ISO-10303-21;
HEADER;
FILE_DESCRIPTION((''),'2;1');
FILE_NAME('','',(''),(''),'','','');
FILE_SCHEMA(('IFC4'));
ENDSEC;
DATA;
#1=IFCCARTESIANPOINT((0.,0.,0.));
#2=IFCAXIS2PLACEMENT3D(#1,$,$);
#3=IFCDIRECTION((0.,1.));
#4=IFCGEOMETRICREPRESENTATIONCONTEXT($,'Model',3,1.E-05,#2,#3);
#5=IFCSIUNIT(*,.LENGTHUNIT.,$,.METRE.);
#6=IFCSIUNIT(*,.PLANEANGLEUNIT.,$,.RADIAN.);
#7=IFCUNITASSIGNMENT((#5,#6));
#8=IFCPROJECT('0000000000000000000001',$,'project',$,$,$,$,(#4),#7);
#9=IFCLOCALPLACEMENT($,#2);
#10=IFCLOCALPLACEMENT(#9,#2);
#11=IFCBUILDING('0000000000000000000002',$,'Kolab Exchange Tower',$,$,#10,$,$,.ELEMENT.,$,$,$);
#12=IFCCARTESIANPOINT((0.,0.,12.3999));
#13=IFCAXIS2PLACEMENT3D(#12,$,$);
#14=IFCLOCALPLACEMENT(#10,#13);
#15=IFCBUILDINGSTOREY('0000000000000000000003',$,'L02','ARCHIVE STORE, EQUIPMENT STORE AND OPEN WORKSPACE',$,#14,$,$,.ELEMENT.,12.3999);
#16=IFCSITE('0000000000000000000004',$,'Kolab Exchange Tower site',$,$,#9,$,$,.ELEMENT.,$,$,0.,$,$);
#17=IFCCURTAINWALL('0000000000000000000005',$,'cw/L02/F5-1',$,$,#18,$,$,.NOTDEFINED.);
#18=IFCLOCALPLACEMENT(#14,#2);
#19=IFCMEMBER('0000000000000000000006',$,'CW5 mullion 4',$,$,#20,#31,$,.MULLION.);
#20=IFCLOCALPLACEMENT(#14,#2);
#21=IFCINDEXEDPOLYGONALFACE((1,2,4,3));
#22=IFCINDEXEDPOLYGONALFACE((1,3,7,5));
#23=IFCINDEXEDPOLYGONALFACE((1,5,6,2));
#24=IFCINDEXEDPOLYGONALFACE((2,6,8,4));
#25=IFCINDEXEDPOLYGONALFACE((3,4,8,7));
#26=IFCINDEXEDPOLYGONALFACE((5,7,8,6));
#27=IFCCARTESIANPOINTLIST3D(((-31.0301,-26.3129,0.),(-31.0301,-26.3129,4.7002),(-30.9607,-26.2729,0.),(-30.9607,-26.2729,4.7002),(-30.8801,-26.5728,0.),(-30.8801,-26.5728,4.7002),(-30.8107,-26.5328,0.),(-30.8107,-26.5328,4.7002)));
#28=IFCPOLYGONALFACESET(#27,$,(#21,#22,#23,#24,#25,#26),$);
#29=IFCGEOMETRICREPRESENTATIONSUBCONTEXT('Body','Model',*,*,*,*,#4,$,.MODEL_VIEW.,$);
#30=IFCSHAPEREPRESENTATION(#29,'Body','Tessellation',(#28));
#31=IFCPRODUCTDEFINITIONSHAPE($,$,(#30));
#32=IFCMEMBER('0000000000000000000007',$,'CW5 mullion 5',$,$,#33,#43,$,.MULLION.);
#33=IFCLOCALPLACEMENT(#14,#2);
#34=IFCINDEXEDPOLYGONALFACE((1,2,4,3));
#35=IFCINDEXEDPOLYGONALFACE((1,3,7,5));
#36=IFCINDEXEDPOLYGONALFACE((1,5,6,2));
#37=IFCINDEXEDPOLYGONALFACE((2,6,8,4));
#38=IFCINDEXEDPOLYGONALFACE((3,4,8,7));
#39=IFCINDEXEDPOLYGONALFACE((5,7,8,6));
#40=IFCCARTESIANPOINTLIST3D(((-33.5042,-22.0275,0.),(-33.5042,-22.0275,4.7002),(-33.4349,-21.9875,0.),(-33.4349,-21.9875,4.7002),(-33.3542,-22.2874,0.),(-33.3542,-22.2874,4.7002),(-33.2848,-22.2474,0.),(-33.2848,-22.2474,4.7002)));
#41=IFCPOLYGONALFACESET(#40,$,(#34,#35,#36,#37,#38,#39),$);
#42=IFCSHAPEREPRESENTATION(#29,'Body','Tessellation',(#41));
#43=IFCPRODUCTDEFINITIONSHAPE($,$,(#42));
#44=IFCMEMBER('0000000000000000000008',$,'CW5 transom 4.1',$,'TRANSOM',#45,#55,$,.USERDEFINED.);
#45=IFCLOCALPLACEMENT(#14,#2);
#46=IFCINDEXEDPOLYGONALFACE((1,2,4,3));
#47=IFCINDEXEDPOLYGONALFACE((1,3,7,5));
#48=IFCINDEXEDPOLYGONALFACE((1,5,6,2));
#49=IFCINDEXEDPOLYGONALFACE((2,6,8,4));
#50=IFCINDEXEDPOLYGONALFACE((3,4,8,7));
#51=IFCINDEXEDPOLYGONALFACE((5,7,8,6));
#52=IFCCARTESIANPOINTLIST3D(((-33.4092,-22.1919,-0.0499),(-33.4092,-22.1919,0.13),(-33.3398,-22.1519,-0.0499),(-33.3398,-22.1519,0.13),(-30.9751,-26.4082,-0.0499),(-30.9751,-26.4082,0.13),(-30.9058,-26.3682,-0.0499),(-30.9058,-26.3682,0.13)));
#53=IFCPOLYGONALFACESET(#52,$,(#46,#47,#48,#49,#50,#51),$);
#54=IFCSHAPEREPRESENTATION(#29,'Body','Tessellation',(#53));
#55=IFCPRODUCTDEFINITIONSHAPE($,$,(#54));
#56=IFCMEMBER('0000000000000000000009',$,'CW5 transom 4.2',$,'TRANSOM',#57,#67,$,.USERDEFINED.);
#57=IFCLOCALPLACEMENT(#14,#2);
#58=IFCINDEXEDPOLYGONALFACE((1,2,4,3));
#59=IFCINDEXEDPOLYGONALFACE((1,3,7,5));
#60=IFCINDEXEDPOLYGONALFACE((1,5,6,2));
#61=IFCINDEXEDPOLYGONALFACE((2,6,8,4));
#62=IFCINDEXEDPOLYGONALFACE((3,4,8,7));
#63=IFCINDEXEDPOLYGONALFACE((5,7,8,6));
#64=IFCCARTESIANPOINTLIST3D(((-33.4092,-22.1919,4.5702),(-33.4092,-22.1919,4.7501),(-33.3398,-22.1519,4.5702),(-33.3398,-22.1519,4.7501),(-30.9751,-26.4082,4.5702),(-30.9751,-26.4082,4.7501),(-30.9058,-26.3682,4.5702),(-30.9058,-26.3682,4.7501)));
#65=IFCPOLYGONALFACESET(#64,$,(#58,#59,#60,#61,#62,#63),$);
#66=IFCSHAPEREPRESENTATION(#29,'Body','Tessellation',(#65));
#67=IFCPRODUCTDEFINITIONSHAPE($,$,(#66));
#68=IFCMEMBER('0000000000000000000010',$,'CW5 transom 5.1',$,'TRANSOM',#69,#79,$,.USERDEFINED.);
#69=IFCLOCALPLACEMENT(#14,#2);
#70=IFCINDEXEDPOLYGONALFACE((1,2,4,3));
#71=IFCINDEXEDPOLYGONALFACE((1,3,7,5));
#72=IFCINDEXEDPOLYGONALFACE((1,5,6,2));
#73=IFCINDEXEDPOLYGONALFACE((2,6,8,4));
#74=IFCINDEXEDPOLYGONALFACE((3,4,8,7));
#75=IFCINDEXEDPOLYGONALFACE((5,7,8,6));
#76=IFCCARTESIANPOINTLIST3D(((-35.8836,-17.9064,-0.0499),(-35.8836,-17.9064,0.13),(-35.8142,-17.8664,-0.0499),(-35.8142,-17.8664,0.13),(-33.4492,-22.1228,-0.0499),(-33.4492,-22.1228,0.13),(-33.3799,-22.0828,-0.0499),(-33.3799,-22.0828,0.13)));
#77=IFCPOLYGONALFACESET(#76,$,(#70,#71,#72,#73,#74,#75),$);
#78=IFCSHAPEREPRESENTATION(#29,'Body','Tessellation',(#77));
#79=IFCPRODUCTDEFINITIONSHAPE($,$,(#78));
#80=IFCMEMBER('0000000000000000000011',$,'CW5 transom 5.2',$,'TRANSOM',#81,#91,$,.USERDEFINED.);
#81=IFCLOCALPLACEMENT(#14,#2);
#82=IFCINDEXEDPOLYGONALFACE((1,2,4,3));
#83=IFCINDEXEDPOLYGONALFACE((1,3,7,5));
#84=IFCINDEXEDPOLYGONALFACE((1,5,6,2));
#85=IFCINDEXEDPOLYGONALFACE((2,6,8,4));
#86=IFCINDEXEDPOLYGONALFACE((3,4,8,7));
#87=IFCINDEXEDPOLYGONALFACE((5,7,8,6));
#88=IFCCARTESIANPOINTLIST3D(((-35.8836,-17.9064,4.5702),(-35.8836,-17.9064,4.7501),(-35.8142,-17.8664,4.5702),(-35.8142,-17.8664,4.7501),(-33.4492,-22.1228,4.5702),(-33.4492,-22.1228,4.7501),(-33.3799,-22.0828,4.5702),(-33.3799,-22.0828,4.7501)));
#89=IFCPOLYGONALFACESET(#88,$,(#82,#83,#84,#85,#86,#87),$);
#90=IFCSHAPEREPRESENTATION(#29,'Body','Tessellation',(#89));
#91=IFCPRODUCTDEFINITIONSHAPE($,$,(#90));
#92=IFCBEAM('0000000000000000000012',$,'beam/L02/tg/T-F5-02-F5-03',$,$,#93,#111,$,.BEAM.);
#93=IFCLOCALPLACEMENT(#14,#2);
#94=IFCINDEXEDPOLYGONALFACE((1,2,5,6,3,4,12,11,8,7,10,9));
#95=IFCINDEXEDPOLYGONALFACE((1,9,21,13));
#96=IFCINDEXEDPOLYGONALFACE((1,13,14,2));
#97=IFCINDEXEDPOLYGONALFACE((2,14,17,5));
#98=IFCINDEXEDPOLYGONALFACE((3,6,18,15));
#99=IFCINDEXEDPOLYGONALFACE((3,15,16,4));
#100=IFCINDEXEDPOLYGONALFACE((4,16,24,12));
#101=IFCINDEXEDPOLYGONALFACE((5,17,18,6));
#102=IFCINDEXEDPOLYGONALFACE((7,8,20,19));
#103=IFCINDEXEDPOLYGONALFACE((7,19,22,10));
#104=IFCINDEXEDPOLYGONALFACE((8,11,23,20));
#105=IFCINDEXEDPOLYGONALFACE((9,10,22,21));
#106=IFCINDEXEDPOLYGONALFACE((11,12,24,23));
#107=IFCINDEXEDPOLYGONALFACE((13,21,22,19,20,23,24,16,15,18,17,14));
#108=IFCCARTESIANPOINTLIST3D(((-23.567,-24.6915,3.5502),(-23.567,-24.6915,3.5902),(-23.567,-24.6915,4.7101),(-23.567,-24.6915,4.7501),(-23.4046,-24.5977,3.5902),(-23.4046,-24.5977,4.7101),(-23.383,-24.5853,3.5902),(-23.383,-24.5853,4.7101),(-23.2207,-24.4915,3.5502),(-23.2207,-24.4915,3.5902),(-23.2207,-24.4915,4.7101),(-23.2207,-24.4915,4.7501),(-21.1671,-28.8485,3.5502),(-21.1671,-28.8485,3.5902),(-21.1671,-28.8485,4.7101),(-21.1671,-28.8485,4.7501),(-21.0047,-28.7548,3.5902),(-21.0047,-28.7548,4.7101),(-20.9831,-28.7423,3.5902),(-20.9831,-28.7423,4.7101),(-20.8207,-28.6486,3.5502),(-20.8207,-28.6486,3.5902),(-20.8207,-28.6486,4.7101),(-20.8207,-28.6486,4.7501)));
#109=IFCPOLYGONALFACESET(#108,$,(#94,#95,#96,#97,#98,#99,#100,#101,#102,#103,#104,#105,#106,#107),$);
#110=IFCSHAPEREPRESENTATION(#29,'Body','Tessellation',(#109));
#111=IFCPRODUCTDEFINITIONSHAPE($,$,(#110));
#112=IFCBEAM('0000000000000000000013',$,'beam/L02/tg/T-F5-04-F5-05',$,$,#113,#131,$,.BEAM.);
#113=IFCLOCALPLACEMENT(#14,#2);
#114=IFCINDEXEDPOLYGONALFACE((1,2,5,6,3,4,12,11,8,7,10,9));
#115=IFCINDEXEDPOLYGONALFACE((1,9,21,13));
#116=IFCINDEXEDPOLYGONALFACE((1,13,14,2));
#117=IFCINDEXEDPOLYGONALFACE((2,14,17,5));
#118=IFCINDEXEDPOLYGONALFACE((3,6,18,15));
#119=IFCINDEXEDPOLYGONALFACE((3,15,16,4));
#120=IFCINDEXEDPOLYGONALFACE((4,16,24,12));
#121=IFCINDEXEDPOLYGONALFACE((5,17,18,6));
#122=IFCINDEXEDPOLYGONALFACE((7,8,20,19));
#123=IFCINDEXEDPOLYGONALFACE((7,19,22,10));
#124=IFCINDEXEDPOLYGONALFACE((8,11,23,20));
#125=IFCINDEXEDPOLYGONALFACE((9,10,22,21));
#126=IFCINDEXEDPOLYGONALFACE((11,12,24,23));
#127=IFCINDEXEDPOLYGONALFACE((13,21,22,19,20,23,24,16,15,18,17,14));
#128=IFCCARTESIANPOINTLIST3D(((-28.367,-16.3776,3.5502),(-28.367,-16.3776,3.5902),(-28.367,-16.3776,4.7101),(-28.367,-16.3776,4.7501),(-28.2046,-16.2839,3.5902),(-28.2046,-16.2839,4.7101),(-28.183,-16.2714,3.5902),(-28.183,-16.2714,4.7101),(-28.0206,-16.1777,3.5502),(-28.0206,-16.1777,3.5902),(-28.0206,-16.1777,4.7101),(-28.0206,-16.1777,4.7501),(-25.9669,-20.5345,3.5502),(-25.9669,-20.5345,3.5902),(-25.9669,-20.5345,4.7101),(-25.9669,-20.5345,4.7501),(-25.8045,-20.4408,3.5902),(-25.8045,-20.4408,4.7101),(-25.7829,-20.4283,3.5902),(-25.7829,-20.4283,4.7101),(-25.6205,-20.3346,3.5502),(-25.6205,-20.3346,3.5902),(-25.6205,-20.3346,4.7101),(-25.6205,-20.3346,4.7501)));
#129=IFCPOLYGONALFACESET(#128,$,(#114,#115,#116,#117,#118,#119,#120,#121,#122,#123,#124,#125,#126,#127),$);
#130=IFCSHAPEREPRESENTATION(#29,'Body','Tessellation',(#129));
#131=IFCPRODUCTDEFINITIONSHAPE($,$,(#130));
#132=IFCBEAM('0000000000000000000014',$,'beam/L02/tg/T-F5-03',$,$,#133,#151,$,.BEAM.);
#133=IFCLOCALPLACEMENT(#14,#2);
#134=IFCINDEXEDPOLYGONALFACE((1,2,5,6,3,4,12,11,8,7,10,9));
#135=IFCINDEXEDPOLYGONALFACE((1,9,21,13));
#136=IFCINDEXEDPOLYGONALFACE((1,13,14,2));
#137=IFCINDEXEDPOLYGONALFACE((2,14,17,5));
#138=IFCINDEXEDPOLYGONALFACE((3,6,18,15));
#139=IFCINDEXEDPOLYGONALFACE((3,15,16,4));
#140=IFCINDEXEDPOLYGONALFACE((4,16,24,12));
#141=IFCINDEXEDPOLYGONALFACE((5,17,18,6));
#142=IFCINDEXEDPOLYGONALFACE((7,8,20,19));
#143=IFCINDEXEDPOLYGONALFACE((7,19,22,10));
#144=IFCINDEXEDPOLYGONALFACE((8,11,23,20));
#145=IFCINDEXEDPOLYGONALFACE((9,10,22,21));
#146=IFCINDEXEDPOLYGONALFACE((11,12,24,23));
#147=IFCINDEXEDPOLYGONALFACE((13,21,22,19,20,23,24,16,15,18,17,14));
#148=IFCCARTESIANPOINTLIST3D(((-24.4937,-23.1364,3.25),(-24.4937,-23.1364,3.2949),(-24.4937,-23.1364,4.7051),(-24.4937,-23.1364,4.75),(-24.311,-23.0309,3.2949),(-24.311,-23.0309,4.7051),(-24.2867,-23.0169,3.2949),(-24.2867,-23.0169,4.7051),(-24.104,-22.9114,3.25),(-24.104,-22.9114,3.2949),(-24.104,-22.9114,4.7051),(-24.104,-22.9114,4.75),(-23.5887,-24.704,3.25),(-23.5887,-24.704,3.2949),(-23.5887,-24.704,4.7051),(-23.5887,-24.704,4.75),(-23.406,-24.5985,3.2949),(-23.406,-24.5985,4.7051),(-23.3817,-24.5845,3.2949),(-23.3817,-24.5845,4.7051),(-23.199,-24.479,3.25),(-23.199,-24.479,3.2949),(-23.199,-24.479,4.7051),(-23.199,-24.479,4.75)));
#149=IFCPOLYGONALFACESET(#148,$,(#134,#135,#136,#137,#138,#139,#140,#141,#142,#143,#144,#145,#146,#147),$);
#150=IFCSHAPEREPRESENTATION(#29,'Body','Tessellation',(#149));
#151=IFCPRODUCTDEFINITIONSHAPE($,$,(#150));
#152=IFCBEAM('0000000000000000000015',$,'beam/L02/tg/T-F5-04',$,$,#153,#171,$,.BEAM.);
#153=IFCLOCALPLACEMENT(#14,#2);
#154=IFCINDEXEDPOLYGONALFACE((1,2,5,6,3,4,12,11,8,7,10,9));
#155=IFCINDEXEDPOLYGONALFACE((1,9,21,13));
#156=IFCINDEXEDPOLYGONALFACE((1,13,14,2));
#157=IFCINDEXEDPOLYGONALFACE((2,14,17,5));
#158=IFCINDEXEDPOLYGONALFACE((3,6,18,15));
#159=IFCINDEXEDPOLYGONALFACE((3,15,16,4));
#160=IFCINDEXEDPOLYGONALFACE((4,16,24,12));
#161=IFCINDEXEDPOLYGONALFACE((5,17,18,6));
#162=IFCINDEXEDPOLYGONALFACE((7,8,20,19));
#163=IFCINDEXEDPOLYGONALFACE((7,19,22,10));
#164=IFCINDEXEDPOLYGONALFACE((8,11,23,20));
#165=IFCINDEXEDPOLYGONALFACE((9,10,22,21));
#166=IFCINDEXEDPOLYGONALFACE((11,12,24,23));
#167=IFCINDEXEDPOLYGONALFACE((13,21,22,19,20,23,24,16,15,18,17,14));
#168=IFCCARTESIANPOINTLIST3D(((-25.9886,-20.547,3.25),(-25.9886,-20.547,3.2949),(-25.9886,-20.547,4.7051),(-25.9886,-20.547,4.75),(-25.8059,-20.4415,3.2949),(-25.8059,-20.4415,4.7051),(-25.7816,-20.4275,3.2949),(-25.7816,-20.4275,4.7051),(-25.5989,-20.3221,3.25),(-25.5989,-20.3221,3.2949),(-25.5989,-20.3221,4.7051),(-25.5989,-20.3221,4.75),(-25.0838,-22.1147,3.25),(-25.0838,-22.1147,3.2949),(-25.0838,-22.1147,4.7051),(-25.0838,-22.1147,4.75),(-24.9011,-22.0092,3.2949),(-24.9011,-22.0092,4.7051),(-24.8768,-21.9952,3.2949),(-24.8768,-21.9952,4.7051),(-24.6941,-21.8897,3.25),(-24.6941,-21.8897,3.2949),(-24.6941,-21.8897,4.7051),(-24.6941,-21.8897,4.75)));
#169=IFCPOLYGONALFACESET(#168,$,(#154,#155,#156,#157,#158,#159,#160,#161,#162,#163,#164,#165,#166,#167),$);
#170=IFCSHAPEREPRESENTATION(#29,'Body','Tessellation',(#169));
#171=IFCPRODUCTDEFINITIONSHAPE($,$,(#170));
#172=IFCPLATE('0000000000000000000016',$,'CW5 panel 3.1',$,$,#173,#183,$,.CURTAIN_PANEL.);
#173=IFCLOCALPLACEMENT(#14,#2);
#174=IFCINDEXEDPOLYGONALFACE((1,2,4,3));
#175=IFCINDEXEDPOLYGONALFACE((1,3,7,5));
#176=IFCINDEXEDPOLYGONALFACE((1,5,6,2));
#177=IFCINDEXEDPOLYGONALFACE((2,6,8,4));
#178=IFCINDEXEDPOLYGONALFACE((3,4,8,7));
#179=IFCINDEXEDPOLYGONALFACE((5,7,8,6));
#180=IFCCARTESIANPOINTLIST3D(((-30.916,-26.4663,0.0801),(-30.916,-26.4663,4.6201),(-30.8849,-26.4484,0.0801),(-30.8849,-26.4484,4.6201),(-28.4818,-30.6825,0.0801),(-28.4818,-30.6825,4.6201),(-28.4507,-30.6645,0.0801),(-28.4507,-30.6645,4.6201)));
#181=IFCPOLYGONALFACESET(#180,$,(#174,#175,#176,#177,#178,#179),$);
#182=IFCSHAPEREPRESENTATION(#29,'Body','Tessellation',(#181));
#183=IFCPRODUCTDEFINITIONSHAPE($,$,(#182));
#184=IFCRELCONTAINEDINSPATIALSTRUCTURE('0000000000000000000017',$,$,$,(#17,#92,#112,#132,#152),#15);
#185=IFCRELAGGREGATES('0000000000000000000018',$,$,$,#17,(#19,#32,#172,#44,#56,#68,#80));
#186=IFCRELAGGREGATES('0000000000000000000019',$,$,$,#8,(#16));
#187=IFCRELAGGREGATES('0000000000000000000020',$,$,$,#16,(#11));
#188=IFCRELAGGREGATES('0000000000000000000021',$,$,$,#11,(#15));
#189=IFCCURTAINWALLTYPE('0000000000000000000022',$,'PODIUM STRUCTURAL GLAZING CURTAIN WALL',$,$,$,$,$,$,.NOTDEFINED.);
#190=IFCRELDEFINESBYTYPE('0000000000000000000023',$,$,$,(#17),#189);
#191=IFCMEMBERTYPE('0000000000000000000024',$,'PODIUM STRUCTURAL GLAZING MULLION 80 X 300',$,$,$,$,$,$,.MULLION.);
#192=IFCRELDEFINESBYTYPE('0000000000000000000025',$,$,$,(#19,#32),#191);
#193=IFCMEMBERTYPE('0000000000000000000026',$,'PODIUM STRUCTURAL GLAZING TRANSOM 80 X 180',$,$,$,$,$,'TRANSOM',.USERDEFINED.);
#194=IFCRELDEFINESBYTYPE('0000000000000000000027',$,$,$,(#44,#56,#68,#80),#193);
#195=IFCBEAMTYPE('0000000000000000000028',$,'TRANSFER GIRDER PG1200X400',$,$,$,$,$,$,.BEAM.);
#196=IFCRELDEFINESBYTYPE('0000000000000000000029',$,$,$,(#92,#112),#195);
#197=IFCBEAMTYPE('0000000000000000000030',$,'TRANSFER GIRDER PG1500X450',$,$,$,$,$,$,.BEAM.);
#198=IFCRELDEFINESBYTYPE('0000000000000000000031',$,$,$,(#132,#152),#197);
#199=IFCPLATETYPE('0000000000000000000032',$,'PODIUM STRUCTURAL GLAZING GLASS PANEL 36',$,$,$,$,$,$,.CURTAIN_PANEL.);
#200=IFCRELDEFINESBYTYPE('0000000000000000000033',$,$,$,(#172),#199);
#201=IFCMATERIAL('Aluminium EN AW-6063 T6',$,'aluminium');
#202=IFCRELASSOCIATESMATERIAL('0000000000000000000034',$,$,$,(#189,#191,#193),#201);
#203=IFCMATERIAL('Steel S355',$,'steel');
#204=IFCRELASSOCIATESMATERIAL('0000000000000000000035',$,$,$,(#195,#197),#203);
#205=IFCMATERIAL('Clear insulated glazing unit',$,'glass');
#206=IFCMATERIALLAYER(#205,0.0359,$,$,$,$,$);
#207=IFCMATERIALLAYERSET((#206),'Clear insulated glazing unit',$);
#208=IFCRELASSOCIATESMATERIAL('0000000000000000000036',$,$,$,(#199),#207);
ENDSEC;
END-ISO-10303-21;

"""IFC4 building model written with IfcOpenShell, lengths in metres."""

from ifc_helpers import new_model, si_unit, direction, frame, origin, origin_2d, place, context, subcontext, project, spatial, rectangle, i_section, extrude, material, layer, layer_set, material_profile, profile_set, type_object, element, aggregate, save


model = new_model("IFC4")

# Units and contexts
model_context = context("Model", 3, precision=1e-05, world=origin(), true_north=direction((0.0, 1.0)))
body_context = subcontext(model_context, "Body", "Model", "MODEL_VIEW")
ifc_project = project(units=[si_unit("LENGTHUNIT", "METRE"), si_unit("PLANEANGLEUNIT", "RADIAN")], contexts=[model_context])

# Site, building, storey
site_placement = place(None, origin())
site = spatial("IfcSite", under=ifc_project, at=site_placement, Name="Kolab Exchange Tower site", CompositionType="ELEMENT", RefElevation=0.0)
building_placement = place(site_placement, origin())
building = spatial("IfcBuilding", under=site, at=building_placement, Name="Kolab Exchange Tower", CompositionType="ELEMENT")
storey_placement = place(building_placement, frame((0.0, 0.0, 12.3999)))
storey = spatial("IfcBuildingStorey", under=building, at=storey_placement, Name="L02", Description="ARCHIVE STORE, EQUIPMENT STORE AND OPEN WORKSPACE", CompositionType="ELEMENT", Elevation=12.3999)

# Shared definitions
ifc_material_1 = material(Name="Steel S355", Category="steel")

# Curtain wall, members
ifc_material_2 = material(Name="Aluminium EN AW-6063 T6", Category="aluminium")
curtain_wall_type = type_object("IfcCurtainWallType", Name="PODIUM STRUCTURAL GLAZING CURTAIN WALL", PredefinedType="NOTDEFINED", material=ifc_material_2)
curtain_wall_placement = place(storey_placement, origin())
curtain_wall = element("IfcCurtainWall", 1, at=curtain_wall_placement, inside=storey, type_object=curtain_wall_type, Name="cw/L02/F5-1", PredefinedType="NOTDEFINED")
ifc_material_profile_1 = material_profile(ifc_material_2, rectangle(XDim=0.0801, YDim=0.3, at=origin_2d()), Name="RECT 80X300")
ifc_profile_set_1 = profile_set([ifc_material_profile_1], Name="Aluminium EN AW-6063 T6")
member_type_1 = type_object("IfcMemberType", Name="PODIUM STRUCTURAL GLAZING MULLION 80 X 300", PredefinedType="MULLION", material=ifc_profile_set_1)
member_1_placement = place(storey_placement, frame((-30.9204, -26.4229, 0.0), z_axis=(0.0, 0.0, 1.0), x_axis=(-0.866025, -0.5, 0.0)))
member_1 = element("IfcMember", 2, at=member_1_placement, type_object=member_type_1, Name="CW5 mullion 4", PredefinedType="MULLION", context=body_context, shape_type="SweptSolid", body=[
    extrude(rectangle(XDim=0.0801, YDim=0.3, at=origin_2d()), origin(), (0.0, 0.0, 1.0), 4.7002),
])
member_2_placement = place(storey_placement, frame((-33.3945, -22.1375, 0.0), z_axis=(0.0, 0.0, 1.0), x_axis=(-0.866025, -0.5, 0.0)))
member_2 = element("IfcMember", 3, at=member_2_placement, type_object=member_type_1, Name="CW5 mullion 5", PredefinedType="MULLION", context=body_context, shape_type="SweptSolid", body=[
    extrude(rectangle(XDim=0.0801, YDim=0.3, at=origin_2d()), origin(), (0.0, 0.0, 1.0), 4.7002),
])
ifc_material_profile_2 = material_profile(ifc_material_2, rectangle(XDim=0.0801, YDim=0.1799, at=origin_2d()), Name="RECT 80X180")
ifc_profile_set_2 = profile_set([ifc_material_profile_2], Name="Aluminium EN AW-6063 T6")
member_type_2 = type_object("IfcMemberType", Name="PODIUM STRUCTURAL GLAZING TRANSOM 80 X 180", ElementType="TRANSOM", PredefinedType="USERDEFINED", material=ifc_profile_set_2)
member_3_placement = place(storey_placement, frame((-30.9404, -26.3882, 0.04), z_axis=(-0.499968, 0.866044, 0.0), x_axis=(-0.866044, -0.499968, 0.0)))
member_3 = element("IfcMember", 4, at=member_3_placement, type_object=member_type_2, Name="CW5 transom 4.1", ObjectType="TRANSOM", PredefinedType="USERDEFINED", context=body_context, shape_type="SweptSolid", body=[
    extrude(rectangle(XDim=0.0801, YDim=0.1799, at=origin_2d()), origin(), (0.0, 0.0, 1.0), 4.8684),
])
member_4_placement = place(storey_placement, frame((-30.9404, -26.3882, 4.6602), z_axis=(-0.499968, 0.866044, 0.0), x_axis=(-0.866044, -0.499968, 0.0)))
member_4 = element("IfcMember", 5, at=member_4_placement, type_object=member_type_2, Name="CW5 transom 4.2", ObjectType="TRANSOM", PredefinedType="USERDEFINED", context=body_context, shape_type="SweptSolid", body=[
    extrude(rectangle(XDim=0.0801, YDim=0.1799, at=origin_2d()), origin(), (0.0, 0.0, 1.0), 4.8684),
])
member_5_placement = place(storey_placement, frame((-33.4146, -22.1028, 0.04), z_axis=(-0.500006, 0.866022, 0.0), x_axis=(-0.866022, -0.500006, 0.0)))
member_5 = element("IfcMember", 6, at=member_5_placement, type_object=member_type_2, Name="CW5 transom 5.1", ObjectType="TRANSOM", PredefinedType="USERDEFINED", context=body_context, shape_type="SweptSolid", body=[
    extrude(rectangle(XDim=0.0801, YDim=0.1799, at=origin_2d()), origin(), (0.0, 0.0, 1.0), 4.8687),
])
member_6_placement = place(storey_placement, frame((-33.4146, -22.1028, 4.6602), z_axis=(-0.500006, 0.866022, 0.0), x_axis=(-0.866022, -0.500006, 0.0)))
member_6 = element("IfcMember", 7, at=member_6_placement, type_object=member_type_2, Name="CW5 transom 5.2", ObjectType="TRANSOM", PredefinedType="USERDEFINED", context=body_context, shape_type="SweptSolid", body=[
    extrude(rectangle(XDim=0.0801, YDim=0.1799, at=origin_2d()), origin(), (0.0, 0.0, 1.0), 4.8687),
])

# Beams
ifc_material_profile_3 = material_profile(ifc_material_1, i_section(OverallWidth=0.3999, OverallDepth=1.2, WebThickness=0.0249, FlangeThickness=0.04, at=origin_2d()), Name="PG1200X400")
ifc_profile_set_3 = profile_set([ifc_material_profile_3], Name="Steel S355")
beam_type_1 = type_object("IfcBeamType", Name="TRANSFER GIRDER PG1200X400", PredefinedType="BEAM", material=ifc_profile_set_3)
for number, where, z_axis, x_axis, name in (
    (8, (-20.9939, -28.7485, 4.1501), (-0.499979, 0.866037, 0.0), (-0.866037, -0.499979, 0.0), "beam/L02/tg/T-F5-02-F5-03"),
    (9, (-25.7937, -20.4346, 4.1501), (-0.500017, 0.866015, 0.0), (-0.866015, -0.500017, 0.0), "beam/L02/tg/T-F5-04-F5-05"),
):
    element("IfcBeam", number, at=place(storey_placement, frame(where, z_axis=z_axis, x_axis=x_axis)), inside=storey, type_object=beam_type_1, Name=name, PredefinedType="BEAM", context=body_context, shape_type="SweptSolid", body=[
        extrude(i_section(OverallWidth=0.3999, OverallDepth=1.2, WebThickness=0.0249, FlangeThickness=0.04, at=origin_2d()), origin(), (0.0, 0.0, 1.0), 4.8),
    ])
ifc_material_profile_4 = material_profile(ifc_material_1, i_section(OverallWidth=0.45, OverallDepth=1.5, WebThickness=0.0281, FlangeThickness=0.0449, at=origin_2d()), Name="PG1500X450")
ifc_profile_set_4 = profile_set([ifc_material_profile_4], Name="Steel S355")
beam_type_2 = type_object("IfcBeamType", Name="TRANSFER GIRDER PG1500X450", PredefinedType="BEAM", material=ifc_profile_set_4)
for number, where, z_axis, x_axis, name in (
    (10, (-24.2988, -23.0239, 4.0), (0.499983, -0.866035, 0.0), (0.866035, 0.499983, 0.0), "beam/L02/tg/T-F5-03"),
    (11, (-24.8889, -22.0022, 4.0), (-0.499882, 0.866094, 0.0), (-0.866094, -0.499882, 0.0), "beam/L02/tg/T-F5-04"),
):
    element("IfcBeam", number, at=place(storey_placement, frame(where, z_axis=z_axis, x_axis=x_axis)), inside=storey, type_object=beam_type_2, Name=name, PredefinedType="BEAM", context=body_context, shape_type="SweptSolid", body=[
        extrude(i_section(OverallWidth=0.45, OverallDepth=1.5, WebThickness=0.0281, FlangeThickness=0.0449, at=origin_2d()), origin(), (0.0, 0.0, 1.0), 1.8101),
    ])

# Plate
ifc_material_3 = material(Name="Clear insulated glazing unit", Category="glass")
ifc_layer_1 = layer(ifc_material_3, 0.0359)
ifc_layer_set_1 = layer_set([ifc_layer_1], Name="Clear insulated glazing unit")
plate_type = type_object("IfcPlateType", Name="PODIUM STRUCTURAL GLAZING GLASS PANEL 36", PredefinedType="CURTAIN_PANEL", material=ifc_layer_set_1)
plate_1_placement = place(storey_placement, frame((-29.6833, -28.5654, 0.0801), z_axis=(0.0, 0.0, 1.0), x_axis=(-0.5, 0.866025, 0.0)))
plate_1 = element("IfcPlate", 12, at=plate_1_placement, type_object=plate_type, Name="CW5 panel 3.1", PredefinedType="CURTAIN_PANEL", context=body_context, shape_type="SweptSolid", body=[
    extrude(rectangle(XDim=4.8684, YDim=0.0359, at=origin_2d()), origin(), (0.0, 0.0, 1.0), 4.54),
])
aggregate(curtain_wall, [member_1, member_2, plate_1, member_3, member_4, member_5, member_6])

save(model, "model.ifc")
